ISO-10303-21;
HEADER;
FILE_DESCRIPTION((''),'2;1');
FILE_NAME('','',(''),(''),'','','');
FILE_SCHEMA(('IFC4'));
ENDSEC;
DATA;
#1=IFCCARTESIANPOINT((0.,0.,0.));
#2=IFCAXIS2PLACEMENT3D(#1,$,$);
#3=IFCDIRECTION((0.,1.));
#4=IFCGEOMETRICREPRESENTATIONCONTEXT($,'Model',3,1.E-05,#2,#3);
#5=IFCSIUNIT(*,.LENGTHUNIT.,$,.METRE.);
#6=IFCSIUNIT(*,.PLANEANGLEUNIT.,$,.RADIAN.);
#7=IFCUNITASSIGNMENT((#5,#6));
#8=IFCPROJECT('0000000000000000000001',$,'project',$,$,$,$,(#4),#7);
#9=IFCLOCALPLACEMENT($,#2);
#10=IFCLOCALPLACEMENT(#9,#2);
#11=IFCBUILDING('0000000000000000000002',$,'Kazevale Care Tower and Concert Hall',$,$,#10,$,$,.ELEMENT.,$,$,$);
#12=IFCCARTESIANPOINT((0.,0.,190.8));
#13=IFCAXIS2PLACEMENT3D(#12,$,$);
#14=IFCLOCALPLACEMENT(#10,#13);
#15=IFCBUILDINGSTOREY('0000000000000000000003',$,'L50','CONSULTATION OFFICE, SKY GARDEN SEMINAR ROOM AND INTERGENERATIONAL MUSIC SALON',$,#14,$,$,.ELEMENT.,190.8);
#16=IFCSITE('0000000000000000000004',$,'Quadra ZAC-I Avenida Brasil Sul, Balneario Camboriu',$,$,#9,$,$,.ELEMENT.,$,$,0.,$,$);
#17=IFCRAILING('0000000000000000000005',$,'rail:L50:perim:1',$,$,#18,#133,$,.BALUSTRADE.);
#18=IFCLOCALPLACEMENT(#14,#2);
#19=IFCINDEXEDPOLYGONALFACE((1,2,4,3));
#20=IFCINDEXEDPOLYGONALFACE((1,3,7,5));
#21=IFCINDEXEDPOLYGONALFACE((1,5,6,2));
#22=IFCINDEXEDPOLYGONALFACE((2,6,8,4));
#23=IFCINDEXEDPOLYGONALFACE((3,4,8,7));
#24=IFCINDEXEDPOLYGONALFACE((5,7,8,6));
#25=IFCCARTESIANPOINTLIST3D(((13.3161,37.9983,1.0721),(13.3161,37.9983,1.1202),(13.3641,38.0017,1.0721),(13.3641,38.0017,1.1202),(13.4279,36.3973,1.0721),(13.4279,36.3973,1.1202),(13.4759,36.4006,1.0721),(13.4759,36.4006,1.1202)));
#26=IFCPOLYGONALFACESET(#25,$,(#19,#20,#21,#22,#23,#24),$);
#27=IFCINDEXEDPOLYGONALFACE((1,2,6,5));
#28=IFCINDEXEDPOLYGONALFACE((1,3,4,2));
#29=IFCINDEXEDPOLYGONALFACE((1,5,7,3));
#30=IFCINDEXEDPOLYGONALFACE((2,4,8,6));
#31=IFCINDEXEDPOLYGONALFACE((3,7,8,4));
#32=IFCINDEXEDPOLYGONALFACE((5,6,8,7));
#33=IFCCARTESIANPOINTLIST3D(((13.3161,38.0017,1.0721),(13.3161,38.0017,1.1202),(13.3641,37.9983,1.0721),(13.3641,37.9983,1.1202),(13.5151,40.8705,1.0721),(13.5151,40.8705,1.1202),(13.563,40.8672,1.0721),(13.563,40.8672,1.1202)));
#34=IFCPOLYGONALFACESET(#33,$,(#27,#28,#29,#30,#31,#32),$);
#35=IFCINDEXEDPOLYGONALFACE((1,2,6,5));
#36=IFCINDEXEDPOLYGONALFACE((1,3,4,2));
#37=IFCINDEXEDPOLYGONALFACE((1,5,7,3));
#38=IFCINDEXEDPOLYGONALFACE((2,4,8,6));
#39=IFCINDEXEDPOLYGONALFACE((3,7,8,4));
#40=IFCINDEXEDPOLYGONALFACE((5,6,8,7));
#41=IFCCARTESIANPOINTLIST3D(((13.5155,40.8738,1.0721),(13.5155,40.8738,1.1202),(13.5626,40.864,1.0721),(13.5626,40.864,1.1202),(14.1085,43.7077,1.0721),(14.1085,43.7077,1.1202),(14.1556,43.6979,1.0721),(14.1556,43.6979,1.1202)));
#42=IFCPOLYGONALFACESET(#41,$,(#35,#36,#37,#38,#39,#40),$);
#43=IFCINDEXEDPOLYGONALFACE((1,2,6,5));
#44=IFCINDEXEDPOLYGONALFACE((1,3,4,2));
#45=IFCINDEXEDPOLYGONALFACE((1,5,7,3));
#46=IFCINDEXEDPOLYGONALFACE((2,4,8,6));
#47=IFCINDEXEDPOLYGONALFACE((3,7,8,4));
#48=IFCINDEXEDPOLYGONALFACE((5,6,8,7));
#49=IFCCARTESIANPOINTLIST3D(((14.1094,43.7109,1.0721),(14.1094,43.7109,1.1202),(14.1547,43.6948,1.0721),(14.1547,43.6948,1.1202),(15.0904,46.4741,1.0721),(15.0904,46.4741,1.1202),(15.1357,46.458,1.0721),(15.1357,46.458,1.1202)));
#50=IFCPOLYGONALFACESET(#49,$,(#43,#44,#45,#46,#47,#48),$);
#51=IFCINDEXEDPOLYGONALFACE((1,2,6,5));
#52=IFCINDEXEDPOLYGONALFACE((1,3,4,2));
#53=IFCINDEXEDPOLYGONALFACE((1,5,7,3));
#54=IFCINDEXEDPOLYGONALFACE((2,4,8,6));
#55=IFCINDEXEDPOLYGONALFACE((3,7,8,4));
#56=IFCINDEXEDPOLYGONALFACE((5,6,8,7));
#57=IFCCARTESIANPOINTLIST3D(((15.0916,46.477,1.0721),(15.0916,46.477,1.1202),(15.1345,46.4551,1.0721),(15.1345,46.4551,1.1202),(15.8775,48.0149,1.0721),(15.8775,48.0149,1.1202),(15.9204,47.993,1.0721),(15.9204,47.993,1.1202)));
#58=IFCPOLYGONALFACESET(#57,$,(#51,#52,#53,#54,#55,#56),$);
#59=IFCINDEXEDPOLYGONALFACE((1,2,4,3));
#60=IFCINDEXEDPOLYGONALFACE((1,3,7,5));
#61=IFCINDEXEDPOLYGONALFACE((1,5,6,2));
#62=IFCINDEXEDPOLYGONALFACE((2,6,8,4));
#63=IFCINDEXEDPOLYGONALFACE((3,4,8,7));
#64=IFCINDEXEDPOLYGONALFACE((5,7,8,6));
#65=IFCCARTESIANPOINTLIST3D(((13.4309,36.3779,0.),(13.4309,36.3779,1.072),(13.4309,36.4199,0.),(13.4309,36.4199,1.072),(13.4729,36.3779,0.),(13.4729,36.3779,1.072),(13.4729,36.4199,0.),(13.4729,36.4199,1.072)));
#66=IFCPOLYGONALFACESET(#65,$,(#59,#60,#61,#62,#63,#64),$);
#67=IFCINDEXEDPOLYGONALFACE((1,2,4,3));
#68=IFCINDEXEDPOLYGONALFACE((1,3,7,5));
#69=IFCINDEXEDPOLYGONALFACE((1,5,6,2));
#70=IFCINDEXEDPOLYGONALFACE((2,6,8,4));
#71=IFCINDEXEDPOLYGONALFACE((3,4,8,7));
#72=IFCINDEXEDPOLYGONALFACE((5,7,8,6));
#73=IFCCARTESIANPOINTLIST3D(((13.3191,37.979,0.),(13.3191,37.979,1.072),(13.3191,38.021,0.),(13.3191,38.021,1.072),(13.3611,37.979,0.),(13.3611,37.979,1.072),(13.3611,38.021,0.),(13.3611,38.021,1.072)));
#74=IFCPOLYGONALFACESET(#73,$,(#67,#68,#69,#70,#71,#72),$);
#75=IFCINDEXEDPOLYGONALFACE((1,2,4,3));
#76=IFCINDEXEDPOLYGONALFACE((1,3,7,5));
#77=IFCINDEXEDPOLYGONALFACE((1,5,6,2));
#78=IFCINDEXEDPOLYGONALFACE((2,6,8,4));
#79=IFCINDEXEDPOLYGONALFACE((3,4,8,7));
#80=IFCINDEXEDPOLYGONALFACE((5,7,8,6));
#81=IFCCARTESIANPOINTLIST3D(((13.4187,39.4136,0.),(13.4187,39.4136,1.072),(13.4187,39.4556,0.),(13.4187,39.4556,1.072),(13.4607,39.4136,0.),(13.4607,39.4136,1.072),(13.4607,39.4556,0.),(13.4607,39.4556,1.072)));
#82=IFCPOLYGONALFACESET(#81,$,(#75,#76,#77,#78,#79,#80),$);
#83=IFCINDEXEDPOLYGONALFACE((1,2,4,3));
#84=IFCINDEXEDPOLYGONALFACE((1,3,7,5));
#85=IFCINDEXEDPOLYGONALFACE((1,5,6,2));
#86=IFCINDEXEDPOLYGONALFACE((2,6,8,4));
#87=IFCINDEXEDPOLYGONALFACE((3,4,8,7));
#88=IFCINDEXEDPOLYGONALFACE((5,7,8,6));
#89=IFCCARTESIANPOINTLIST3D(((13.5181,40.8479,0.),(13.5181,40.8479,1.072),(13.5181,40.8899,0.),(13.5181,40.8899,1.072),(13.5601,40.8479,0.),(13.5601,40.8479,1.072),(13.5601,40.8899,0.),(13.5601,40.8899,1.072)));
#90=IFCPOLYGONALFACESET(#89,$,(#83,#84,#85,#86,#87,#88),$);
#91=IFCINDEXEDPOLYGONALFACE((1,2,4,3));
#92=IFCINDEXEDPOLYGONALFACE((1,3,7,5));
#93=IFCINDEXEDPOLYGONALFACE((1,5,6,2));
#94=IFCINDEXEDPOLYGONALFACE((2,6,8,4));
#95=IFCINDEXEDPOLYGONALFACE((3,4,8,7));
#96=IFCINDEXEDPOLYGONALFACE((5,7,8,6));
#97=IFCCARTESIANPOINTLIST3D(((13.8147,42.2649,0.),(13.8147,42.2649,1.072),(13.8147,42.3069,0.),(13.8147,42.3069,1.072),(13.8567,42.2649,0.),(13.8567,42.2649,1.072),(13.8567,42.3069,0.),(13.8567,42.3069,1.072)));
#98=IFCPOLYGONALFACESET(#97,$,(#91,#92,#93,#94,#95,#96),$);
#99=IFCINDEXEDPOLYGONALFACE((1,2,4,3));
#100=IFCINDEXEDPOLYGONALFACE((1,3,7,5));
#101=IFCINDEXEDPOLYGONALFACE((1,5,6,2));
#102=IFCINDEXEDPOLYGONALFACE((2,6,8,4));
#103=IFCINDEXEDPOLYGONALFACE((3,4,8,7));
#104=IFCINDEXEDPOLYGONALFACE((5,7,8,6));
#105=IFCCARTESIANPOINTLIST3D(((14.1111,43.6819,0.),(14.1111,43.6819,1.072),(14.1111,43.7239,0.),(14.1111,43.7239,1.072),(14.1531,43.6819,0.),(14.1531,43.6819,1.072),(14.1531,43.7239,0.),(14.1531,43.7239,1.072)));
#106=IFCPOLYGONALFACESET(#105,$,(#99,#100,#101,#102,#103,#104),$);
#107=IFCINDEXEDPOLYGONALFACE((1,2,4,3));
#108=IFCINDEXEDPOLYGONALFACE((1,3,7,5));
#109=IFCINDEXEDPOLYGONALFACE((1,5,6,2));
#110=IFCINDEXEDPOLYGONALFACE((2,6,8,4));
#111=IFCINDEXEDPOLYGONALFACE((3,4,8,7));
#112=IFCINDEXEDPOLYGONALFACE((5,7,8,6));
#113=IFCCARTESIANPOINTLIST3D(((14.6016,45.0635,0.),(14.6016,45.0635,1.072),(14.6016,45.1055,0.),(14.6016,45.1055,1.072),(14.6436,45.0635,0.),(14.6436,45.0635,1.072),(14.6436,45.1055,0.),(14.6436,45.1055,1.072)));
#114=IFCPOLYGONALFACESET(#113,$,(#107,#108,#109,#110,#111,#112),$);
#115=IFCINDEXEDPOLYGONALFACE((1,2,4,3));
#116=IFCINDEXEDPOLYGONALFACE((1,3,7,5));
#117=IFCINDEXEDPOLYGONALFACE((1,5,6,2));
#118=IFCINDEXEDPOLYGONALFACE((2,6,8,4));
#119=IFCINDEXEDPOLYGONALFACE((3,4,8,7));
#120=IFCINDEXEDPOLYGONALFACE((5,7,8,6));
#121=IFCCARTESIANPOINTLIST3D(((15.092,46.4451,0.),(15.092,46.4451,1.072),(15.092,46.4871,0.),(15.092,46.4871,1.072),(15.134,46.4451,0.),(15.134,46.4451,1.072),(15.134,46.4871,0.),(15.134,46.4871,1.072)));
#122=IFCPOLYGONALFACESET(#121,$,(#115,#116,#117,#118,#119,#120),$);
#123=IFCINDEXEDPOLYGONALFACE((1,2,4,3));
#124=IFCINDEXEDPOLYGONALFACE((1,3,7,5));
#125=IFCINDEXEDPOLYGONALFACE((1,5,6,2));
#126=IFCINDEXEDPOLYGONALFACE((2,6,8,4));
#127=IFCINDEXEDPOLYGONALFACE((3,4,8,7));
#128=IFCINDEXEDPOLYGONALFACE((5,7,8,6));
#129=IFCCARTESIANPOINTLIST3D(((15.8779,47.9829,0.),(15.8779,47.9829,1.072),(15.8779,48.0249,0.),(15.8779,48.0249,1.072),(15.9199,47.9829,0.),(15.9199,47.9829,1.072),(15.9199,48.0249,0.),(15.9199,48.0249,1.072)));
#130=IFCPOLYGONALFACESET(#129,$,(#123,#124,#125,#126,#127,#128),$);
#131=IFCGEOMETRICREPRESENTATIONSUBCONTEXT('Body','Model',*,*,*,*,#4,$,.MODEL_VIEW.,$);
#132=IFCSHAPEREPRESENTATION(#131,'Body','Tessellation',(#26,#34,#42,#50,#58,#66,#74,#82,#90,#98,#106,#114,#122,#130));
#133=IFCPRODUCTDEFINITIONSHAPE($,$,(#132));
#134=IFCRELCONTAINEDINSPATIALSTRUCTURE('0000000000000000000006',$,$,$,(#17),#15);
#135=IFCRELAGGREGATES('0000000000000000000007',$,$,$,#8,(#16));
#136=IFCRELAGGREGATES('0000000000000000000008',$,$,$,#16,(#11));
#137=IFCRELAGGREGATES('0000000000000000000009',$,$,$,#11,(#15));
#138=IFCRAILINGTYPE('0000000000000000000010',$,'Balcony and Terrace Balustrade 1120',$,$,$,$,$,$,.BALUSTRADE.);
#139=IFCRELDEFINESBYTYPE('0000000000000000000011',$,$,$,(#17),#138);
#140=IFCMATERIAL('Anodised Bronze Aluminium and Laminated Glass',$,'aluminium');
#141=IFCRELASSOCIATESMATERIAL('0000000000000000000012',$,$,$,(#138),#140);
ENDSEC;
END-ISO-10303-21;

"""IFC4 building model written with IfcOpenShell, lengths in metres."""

from ifc_helpers import new_model, si_unit, direction, frame, origin, origin_2d, place, context, subcontext, project, spatial, rectangle, extrude, material, type_object, element, save


model = new_model("IFC4")

# Units and contexts
model_context = context("Model", 3, precision=1e-05, world=origin(), true_north=direction((0.0, 1.0)))
body_context = subcontext(model_context, "Body", "Model", "MODEL_VIEW")
ifc_project = project(units=[si_unit("LENGTHUNIT", "METRE"), si_unit("PLANEANGLEUNIT", "RADIAN")], contexts=[model_context])

# Site, building, storey
site_placement = place(None, origin())
site = spatial("IfcSite", under=ifc_project, at=site_placement, Name="Quadra ZAC-I Avenida Brasil Sul, Balneario Camboriu", CompositionType="ELEMENT", RefElevation=0.0)
building_placement = place(site_placement, origin())
building = spatial("IfcBuilding", under=site, at=building_placement, Name="Kazevale Care Tower and Concert Hall", CompositionType="ELEMENT")
storey_placement = place(building_placement, frame((0.0, 0.0, 190.8)))
storey = spatial("IfcBuildingStorey", under=building, at=storey_placement, Name="L50", Description="CONSULTATION OFFICE, SKY GARDEN SEMINAR ROOM AND INTERGENERATIONAL MUSIC SALON", CompositionType="ELEMENT", Elevation=190.8)

# Railing
ifc_material_1 = material(Name="Anodised Bronze Aluminium and Laminated Glass", Category="aluminium")
railing_type = type_object("IfcRailingType", Name="Balcony and Terrace Balustrade 1120", PredefinedType="BALUSTRADE", material=ifc_material_1)
railing_placement = place(storey_placement, frame((13.4519, 36.3989, 0.0)))
element("IfcRailing", 1, at=railing_placement, inside=storey, type_object=railing_type, Name="rail:L50:perim:1", PredefinedType="BALUSTRADE", context=body_context, shape_type="SweptSolid", body=[
    extrude(rectangle(XDim=0.0481, YDim=0.0481, at=origin_2d()), frame((0.0, 0.0, 1.0962), z_axis=(-0.069669, 0.99757, 0.0), x_axis=(-0.99757, -0.069669, 0.0)), (0.0, 0.0, 1.0), 1.605),
    extrude(rectangle(XDim=0.0481, YDim=0.0481, at=origin_2d()), frame((-0.1118, 1.6011, 1.0962), z_axis=(0.06919, 0.997604, 0.0), x_axis=(-0.997604, 0.06919, 0.0)), (0.0, 0.0, 1.0), 2.8757),
    extrude(rectangle(XDim=0.0481, YDim=0.0481, at=origin_2d()), frame((0.0872, 4.47, 1.0962), z_axis=(0.204816, 0.9788, 0.0), x_axis=(-0.9788, 0.204816, 0.0)), (0.0, 0.0, 1.0), 2.8953),
    extrude(rectangle(XDim=0.0481, YDim=0.0481, at=origin_2d()), frame((0.6802, 7.304, 1.0962), z_axis=(0.334553, 0.942377, 0.0), x_axis=(-0.942377, 0.334553, 0.0)), (0.0, 0.0, 1.0), 2.9321),
    extrude(rectangle(XDim=0.0481, YDim=0.0481, at=origin_2d()), frame((1.6611, 10.0671, 1.0962), z_axis=(0.455056, 0.890463, 0.0), x_axis=(-0.890463, 0.455056, 0.0)), (0.0, 0.0, 1.0), 1.7271),
    extrude(rectangle(XDim=0.042, YDim=0.042, at=origin_2d()), origin(), (0.0, 0.0, 1.0), 1.072),
    extrude(rectangle(XDim=0.042, YDim=0.042, at=origin_2d()), frame((-0.1118, 1.6011, 0.0)), (0.0, 0.0, 1.0), 1.072),
    extrude(rectangle(XDim=0.042, YDim=0.042, at=origin_2d()), frame((-0.0122, 3.0356, 0.0)), (0.0, 0.0, 1.0), 1.072),
    extrude(rectangle(XDim=0.042, YDim=0.042, at=origin_2d()), frame((0.0872, 4.47, 0.0)), (0.0, 0.0, 1.0), 1.072),
    extrude(rectangle(XDim=0.042, YDim=0.042, at=origin_2d()), frame((0.3838, 5.887, 0.0)), (0.0, 0.0, 1.0), 1.072),
    extrude(rectangle(XDim=0.042, YDim=0.042, at=origin_2d()), frame((0.6802, 7.304, 0.0)), (0.0, 0.0, 1.0), 1.072),
    extrude(rectangle(XDim=0.042, YDim=0.042, at=origin_2d()), frame((1.1707, 8.6855, 0.0)), (0.0, 0.0, 1.0), 1.072),
    extrude(rectangle(XDim=0.042, YDim=0.042, at=origin_2d()), frame((1.6611, 10.0671, 0.0)), (0.0, 0.0, 1.0), 1.072),
    extrude(rectangle(XDim=0.042, YDim=0.042, at=origin_2d()), frame((2.447, 11.605, 0.0)), (0.0, 0.0, 1.0), 1.072),
])

save(model, "model.ifc")
